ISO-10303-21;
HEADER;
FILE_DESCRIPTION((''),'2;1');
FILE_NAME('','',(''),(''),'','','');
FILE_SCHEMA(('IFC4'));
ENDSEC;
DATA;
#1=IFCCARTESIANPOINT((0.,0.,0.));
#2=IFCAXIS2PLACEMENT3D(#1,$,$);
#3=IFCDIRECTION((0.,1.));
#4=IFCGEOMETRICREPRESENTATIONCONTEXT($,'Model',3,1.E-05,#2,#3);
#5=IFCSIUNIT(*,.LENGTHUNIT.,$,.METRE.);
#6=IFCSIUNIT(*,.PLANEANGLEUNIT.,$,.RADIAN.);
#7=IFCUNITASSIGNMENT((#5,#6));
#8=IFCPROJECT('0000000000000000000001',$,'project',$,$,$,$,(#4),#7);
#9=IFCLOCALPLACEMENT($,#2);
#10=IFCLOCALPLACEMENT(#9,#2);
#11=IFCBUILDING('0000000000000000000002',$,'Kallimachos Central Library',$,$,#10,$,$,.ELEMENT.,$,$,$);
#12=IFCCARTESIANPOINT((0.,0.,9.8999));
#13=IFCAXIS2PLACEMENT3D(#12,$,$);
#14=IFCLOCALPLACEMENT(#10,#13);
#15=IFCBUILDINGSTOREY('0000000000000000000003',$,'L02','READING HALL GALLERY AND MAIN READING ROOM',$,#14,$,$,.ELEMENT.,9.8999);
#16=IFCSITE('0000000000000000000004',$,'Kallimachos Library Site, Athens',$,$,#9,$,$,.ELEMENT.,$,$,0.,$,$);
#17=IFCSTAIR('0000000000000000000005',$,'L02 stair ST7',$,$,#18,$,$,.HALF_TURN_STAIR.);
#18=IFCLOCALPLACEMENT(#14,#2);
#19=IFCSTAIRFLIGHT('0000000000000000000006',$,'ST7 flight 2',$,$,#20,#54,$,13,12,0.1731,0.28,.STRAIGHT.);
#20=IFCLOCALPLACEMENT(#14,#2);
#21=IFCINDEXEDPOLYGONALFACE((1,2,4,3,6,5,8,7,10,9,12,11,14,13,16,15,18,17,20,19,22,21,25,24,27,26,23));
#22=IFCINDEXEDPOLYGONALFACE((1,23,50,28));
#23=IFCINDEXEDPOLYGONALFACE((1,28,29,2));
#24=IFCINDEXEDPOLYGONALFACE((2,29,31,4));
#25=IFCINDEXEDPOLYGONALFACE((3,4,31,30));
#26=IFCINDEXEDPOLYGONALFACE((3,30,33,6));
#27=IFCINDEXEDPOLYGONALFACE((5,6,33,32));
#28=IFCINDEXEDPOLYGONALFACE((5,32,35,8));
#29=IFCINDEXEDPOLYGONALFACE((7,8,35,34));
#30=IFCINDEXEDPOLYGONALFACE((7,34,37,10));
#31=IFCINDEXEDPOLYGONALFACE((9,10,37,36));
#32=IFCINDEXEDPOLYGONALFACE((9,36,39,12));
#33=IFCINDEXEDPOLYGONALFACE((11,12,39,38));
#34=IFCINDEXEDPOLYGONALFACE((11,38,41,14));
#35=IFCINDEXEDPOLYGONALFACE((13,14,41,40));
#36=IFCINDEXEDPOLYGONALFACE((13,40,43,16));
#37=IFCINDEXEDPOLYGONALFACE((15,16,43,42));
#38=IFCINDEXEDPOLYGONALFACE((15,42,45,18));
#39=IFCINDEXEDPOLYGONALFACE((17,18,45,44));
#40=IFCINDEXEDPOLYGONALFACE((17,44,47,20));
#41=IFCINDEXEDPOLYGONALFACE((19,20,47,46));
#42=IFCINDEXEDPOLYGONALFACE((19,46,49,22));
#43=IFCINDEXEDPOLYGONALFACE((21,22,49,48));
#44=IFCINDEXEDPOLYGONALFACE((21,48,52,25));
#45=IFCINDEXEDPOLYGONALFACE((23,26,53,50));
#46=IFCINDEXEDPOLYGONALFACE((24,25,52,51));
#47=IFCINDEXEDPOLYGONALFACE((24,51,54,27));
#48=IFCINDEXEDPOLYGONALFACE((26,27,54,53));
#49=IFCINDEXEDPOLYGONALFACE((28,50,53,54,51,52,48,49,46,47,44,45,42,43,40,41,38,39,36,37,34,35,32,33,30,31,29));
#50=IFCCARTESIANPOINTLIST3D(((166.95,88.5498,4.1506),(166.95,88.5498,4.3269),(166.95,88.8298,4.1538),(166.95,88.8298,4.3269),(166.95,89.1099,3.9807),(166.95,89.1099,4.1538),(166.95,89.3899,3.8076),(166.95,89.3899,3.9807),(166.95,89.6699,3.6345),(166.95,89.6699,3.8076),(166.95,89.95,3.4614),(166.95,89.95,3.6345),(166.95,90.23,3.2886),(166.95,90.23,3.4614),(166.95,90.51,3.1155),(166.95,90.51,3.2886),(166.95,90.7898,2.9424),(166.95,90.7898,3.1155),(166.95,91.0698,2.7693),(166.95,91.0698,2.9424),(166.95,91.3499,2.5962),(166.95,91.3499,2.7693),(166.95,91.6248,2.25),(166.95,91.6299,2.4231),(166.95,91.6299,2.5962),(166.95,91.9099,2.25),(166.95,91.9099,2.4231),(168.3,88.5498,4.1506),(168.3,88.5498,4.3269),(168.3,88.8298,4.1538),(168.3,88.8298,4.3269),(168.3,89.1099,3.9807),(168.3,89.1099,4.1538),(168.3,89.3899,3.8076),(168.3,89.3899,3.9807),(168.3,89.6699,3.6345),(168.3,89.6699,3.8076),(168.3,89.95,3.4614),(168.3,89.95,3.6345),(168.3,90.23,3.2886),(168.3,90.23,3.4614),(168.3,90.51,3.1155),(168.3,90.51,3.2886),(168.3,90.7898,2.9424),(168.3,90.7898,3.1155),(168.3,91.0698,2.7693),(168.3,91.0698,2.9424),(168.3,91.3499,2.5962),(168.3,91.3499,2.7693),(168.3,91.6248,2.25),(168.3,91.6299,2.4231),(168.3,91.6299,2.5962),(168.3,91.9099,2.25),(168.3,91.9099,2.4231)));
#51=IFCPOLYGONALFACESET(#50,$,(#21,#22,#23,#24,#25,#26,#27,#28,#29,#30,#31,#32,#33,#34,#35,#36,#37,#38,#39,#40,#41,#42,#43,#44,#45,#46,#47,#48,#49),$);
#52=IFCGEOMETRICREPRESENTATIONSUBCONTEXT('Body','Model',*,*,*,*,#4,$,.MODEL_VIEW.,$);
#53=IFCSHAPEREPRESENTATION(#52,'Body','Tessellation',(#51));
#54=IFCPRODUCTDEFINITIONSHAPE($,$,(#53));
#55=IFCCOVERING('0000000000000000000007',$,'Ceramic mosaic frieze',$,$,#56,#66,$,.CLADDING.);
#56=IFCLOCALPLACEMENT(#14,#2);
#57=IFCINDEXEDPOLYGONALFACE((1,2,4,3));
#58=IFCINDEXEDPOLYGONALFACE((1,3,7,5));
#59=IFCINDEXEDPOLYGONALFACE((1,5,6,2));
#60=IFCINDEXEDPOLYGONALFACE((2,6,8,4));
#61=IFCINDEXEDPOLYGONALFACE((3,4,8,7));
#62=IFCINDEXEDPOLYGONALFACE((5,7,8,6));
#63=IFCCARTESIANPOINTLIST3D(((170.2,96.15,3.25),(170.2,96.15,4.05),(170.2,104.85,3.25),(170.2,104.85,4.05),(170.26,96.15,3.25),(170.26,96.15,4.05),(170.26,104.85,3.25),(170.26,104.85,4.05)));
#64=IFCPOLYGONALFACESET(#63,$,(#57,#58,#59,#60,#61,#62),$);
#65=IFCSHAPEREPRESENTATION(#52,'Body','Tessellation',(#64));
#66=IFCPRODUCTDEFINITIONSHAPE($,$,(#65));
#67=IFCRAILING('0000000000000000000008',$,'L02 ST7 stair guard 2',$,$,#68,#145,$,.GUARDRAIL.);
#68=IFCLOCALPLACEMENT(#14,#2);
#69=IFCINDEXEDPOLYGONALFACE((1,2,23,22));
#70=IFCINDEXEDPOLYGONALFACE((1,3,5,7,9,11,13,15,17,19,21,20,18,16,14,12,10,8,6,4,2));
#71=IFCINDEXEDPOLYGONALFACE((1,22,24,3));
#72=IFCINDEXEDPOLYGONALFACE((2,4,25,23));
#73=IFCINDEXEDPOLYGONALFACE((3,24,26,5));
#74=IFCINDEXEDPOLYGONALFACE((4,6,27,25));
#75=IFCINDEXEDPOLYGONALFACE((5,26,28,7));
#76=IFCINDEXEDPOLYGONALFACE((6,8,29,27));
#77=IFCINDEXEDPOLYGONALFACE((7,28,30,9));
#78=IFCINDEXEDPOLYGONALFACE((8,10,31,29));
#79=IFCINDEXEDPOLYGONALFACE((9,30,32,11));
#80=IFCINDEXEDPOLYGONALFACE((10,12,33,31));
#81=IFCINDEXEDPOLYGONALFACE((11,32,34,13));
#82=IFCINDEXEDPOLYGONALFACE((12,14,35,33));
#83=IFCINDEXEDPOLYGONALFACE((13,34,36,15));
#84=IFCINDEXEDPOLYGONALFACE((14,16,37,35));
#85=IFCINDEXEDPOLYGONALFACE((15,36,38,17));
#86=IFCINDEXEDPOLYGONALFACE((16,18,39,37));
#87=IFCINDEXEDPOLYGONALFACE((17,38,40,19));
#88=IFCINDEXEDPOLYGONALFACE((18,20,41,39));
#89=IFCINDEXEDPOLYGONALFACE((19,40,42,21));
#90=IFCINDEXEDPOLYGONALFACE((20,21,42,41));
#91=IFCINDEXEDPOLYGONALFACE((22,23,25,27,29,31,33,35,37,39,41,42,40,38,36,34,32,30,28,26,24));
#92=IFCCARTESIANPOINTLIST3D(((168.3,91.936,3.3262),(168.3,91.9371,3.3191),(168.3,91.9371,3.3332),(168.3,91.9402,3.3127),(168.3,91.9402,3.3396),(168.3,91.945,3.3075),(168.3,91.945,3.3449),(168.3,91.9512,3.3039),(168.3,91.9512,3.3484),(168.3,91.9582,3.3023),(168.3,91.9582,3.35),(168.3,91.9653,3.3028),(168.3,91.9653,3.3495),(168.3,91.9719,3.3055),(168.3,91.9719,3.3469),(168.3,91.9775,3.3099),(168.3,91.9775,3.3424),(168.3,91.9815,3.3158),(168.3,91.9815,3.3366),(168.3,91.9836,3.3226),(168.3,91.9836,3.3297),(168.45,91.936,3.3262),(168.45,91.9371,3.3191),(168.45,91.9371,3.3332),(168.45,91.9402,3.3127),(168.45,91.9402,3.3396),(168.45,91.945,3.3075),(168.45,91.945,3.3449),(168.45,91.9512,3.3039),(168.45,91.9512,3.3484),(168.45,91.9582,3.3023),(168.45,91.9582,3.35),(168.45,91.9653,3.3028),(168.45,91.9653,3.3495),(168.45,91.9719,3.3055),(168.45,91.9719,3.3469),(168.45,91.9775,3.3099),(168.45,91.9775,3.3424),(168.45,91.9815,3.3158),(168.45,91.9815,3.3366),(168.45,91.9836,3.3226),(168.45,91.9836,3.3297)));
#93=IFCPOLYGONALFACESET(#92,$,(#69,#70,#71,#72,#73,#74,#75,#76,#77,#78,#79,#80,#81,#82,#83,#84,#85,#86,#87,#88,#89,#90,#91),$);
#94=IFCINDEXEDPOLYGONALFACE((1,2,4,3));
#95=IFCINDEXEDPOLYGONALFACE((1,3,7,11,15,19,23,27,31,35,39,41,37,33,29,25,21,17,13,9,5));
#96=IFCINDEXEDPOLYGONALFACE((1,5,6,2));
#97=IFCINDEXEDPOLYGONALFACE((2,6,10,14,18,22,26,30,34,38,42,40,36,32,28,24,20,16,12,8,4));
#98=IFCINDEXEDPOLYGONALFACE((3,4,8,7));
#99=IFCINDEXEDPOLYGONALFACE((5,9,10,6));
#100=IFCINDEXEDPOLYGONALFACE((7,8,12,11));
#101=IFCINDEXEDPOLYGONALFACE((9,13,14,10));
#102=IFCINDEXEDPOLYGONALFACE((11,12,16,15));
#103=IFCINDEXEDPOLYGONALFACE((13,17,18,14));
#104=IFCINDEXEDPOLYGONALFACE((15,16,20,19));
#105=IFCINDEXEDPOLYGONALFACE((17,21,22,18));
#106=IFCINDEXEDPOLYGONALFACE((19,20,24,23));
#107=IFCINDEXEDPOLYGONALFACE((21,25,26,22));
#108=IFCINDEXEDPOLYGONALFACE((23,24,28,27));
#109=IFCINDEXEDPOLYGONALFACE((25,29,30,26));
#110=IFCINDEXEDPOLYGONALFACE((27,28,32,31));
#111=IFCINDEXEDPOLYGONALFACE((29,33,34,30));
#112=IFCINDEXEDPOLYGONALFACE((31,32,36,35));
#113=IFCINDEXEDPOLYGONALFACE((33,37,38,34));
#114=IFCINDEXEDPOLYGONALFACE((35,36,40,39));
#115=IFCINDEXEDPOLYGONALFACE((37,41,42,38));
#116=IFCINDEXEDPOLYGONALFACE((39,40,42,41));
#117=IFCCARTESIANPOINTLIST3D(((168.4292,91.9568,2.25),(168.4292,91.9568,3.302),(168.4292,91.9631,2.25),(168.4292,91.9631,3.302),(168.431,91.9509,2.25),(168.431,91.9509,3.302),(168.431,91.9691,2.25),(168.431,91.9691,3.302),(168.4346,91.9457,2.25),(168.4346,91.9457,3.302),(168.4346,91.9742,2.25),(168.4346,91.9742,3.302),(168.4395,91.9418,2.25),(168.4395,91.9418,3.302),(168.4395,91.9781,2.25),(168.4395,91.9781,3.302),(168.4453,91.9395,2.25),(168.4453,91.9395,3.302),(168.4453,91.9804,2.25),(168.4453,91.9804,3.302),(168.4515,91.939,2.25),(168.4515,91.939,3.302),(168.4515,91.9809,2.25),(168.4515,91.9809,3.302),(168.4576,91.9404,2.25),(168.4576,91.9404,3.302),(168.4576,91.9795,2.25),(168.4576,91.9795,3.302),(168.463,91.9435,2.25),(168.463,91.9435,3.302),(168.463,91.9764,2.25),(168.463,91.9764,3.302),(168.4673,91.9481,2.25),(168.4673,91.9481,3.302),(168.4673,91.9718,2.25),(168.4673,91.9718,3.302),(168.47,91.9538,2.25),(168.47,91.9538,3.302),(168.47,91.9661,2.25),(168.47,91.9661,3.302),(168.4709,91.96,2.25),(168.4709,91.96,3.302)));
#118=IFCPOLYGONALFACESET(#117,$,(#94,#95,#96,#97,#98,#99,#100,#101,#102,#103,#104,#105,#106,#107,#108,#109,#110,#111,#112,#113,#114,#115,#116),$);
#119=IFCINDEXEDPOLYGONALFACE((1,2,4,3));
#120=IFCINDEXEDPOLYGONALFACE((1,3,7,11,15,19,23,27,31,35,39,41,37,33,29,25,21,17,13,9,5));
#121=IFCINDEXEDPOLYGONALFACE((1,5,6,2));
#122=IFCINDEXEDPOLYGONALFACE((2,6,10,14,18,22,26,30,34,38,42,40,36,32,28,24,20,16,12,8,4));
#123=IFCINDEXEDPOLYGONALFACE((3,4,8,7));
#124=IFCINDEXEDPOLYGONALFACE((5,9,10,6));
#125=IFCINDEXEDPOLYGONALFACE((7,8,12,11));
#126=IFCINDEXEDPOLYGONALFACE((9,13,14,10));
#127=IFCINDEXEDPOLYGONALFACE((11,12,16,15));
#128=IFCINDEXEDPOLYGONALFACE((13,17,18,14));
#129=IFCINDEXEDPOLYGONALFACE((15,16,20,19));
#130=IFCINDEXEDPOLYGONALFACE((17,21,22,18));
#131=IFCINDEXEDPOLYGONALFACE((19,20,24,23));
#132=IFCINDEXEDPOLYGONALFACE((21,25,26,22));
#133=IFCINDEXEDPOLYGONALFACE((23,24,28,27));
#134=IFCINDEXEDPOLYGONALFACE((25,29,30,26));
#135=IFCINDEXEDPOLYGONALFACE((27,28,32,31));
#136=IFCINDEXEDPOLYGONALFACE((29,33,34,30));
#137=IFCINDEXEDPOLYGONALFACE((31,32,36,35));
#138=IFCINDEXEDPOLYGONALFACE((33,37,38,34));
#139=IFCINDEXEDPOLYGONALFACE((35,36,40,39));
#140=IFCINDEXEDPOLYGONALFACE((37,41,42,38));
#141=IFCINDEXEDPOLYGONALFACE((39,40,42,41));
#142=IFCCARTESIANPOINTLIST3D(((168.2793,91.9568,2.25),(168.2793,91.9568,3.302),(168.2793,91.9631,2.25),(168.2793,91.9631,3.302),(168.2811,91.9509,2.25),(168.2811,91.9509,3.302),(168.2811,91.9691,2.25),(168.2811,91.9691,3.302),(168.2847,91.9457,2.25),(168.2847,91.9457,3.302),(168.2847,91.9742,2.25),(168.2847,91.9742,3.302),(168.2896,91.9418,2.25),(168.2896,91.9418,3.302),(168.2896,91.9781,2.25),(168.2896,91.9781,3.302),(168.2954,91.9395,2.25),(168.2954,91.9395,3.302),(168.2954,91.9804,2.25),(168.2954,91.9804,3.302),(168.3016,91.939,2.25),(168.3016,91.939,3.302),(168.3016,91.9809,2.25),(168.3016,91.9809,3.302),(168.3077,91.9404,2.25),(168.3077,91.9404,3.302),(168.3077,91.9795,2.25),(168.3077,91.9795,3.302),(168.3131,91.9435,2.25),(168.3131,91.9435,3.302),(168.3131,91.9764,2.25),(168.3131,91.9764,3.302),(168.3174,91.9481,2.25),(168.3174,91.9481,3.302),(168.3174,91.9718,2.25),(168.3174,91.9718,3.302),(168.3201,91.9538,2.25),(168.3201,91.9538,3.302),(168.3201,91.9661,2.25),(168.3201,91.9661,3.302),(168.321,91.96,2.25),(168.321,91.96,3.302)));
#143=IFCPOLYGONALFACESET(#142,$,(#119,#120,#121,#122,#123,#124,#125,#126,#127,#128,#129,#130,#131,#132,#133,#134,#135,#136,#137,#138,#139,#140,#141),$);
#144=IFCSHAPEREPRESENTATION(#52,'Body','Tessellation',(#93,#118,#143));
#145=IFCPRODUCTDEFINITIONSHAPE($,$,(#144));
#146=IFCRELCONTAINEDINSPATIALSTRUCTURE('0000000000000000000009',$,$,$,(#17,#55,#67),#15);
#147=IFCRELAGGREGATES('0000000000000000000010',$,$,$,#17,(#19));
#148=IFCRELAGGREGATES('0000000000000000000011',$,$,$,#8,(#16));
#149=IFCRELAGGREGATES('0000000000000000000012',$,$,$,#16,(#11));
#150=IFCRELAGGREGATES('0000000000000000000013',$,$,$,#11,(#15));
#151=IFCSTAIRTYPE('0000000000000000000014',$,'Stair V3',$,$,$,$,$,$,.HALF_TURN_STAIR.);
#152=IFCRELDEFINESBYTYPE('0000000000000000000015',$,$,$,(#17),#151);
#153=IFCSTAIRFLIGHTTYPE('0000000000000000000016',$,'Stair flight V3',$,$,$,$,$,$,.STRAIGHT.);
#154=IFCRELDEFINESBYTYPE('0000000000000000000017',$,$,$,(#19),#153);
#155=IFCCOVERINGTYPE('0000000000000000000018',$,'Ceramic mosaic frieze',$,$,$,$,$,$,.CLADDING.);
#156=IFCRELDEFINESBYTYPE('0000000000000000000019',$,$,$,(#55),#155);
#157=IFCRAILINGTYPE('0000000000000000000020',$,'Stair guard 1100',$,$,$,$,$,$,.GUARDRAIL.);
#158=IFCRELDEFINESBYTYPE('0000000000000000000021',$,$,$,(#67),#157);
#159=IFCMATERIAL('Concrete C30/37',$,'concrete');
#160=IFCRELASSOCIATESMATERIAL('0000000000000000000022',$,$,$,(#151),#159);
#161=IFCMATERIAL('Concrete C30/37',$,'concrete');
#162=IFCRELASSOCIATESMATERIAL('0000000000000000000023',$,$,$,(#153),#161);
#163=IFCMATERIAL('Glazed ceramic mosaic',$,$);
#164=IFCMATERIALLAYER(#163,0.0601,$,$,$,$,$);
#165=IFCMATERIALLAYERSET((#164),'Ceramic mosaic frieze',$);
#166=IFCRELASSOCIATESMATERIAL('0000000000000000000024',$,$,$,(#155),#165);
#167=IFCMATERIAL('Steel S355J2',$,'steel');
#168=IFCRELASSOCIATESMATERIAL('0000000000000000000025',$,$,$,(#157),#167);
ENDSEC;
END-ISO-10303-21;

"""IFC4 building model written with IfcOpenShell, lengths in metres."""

from ifc_helpers import new_model, si_unit, direction, frame, origin, origin_2d, place, context, subcontext, project, spatial, polyline, rectangle, circle, outline, extrude, material, layer, layer_set, type_object, element, aggregate, save


model = new_model("IFC4")

# Units and contexts
model_context = context("Model", 3, precision=1e-05, world=origin(), true_north=direction((0.0, 1.0)))
body_context = subcontext(model_context, "Body", "Model", "MODEL_VIEW")
ifc_project = project(units=[si_unit("LENGTHUNIT", "METRE"), si_unit("PLANEANGLEUNIT", "RADIAN")], contexts=[model_context])

# Site, building, storey
site_placement = place(None, origin())
site = spatial("IfcSite", under=ifc_project, at=site_placement, Name="Kallimachos Library Site, Athens", CompositionType="ELEMENT", RefElevation=0.0)
building_placement = place(site_placement, origin())
building = spatial("IfcBuilding", under=site, at=building_placement, Name="Kallimachos Central Library", CompositionType="ELEMENT")
storey_placement = place(building_placement, frame((0.0, 0.0, 9.8999)))
storey = spatial("IfcBuildingStorey", under=building, at=storey_placement, Name="L02", Description="READING HALL GALLERY AND MAIN READING ROOM", CompositionType="ELEMENT", Elevation=9.8999)

# Stair, stair flight
ifc_material_1 = material(Name="Concrete C30/37", Category="concrete")
stair_type = type_object("IfcStairType", Name="Stair V3", PredefinedType="HALF_TURN_STAIR", material=ifc_material_1)
stair_placement = place(storey_placement, origin())
stair = element("IfcStair", 1, at=stair_placement, inside=storey, type_object=stair_type, Name="L02 stair ST7", PredefinedType="HALF_TURN_STAIR")
ifc_material_2 = material(Name="Concrete C30/37", Category="concrete")
stair_flight_type = type_object("IfcStairFlightType", Name="Stair flight V3", PredefinedType="STRAIGHT", material=ifc_material_2)
stair_flight_placement = place(storey_placement, frame((167.625, 91.9099, 2.25), z_axis=(0.0, 0.0, 1.0), x_axis=(0.0, -1.0, 0.0)))
stair_flight = element("IfcStairFlight", 2, at=stair_flight_placement, type_object=stair_flight_type, Name="ST7 flight 2", NumberOfRisers=13, NumberOfTreads=12, PredefinedType="STRAIGHT", RiserHeight=0.1731, TreadLength=0.28, context=body_context, shape_type="SweptSolid", body=[
    extrude(outline(polyline([(0.0, 0.0), (0.0, 0.1731), (0.28, 0.1731), (0.28, 0.3462), (0.5601, 0.3462), (0.5601, 0.5193), (0.8401, 0.5193), (0.8401, 0.6924), (1.1201, 0.6924), (1.1201, 0.8655), (1.3999, 0.8655), (1.3999, 1.0386), (1.6799, 1.0386), (1.6799, 1.2114), (1.96, 1.2114), (1.96, 1.3845), (2.24, 1.3845), (2.24, 1.5576), (2.52, 1.5576), (2.52, 1.7307), (2.8, 1.7307), (2.8, 1.9038), (3.0801, 1.9038), (3.0801, 2.0769), (3.3601, 2.0769), (3.3601, 2.25), (3.3601, 1.9006), (0.2852, 0.0), (0.0, 0.0)])), frame((0.0, 0.675, 0.0), z_axis=(0.0, -1.0, 0.0), x_axis=(1.0, 0.0, 0.0)), (0.0, 0.0, 1.0), 1.3501),
])
aggregate(stair, [stair_flight])

# Covering
ifc_material_3 = material(Name="Glazed ceramic mosaic")
ifc_layer_1 = layer(ifc_material_3, 0.0601)
ifc_layer_set_1 = layer_set([ifc_layer_1], Name="Ceramic mosaic frieze")
covering_type_1 = type_object("IfcCoveringType", Name="Ceramic mosaic frieze", PredefinedType="CLADDING", material=ifc_layer_set_1)
covering_1_placement = place(storey_placement, frame((170.23, 100.5, 3.25), z_axis=(0.0, 0.0, 1.0), x_axis=(1.0, 0.0, 0.0)))
element("IfcCovering", 3, at=covering_1_placement, inside=storey, type_object=covering_type_1, Name="Ceramic mosaic frieze", PredefinedType="CLADDING", context=body_context, shape_type="SweptSolid", body=[
    extrude(rectangle(XDim=0.0601, YDim=8.7, at=origin_2d()), origin(), (0.0, 0.0, 1.0), 0.8),
])

# Railing
ifc_material_4 = material(Name="Steel S355J2", Category="steel")
railing_type_1 = type_object("IfcRailingType", Name="Stair guard 1100", PredefinedType="GUARDRAIL", material=ifc_material_4)
railing_1_placement = place(storey_placement, frame((168.45, 91.96, 2.25)))
element("IfcRailing", 4, at=railing_1_placement, inside=storey, type_object=railing_type_1, Name="L02 ST7 stair guard 2", PredefinedType="GUARDRAIL", context=body_context, shape_type="SweptSolid", body=[
    extrude(circle(Radius=0.0239, at=origin_2d()), frame((0.0, 0.0, 1.0762), z_axis=(-1.0, 0.0, 0.0), x_axis=(0.0, -1.0, 0.0)), (0.0, 0.0, 1.0), 0.1499),
    extrude(circle(Radius=0.021, at=origin_2d()), origin(), (0.0, 0.0, 1.0), 1.052),
    extrude(circle(Radius=0.021, at=origin_2d()), frame((-0.1499, 0.0, 0.0)), (0.0, 0.0, 1.0), 1.052),
])

save(model, "model.ifc")
